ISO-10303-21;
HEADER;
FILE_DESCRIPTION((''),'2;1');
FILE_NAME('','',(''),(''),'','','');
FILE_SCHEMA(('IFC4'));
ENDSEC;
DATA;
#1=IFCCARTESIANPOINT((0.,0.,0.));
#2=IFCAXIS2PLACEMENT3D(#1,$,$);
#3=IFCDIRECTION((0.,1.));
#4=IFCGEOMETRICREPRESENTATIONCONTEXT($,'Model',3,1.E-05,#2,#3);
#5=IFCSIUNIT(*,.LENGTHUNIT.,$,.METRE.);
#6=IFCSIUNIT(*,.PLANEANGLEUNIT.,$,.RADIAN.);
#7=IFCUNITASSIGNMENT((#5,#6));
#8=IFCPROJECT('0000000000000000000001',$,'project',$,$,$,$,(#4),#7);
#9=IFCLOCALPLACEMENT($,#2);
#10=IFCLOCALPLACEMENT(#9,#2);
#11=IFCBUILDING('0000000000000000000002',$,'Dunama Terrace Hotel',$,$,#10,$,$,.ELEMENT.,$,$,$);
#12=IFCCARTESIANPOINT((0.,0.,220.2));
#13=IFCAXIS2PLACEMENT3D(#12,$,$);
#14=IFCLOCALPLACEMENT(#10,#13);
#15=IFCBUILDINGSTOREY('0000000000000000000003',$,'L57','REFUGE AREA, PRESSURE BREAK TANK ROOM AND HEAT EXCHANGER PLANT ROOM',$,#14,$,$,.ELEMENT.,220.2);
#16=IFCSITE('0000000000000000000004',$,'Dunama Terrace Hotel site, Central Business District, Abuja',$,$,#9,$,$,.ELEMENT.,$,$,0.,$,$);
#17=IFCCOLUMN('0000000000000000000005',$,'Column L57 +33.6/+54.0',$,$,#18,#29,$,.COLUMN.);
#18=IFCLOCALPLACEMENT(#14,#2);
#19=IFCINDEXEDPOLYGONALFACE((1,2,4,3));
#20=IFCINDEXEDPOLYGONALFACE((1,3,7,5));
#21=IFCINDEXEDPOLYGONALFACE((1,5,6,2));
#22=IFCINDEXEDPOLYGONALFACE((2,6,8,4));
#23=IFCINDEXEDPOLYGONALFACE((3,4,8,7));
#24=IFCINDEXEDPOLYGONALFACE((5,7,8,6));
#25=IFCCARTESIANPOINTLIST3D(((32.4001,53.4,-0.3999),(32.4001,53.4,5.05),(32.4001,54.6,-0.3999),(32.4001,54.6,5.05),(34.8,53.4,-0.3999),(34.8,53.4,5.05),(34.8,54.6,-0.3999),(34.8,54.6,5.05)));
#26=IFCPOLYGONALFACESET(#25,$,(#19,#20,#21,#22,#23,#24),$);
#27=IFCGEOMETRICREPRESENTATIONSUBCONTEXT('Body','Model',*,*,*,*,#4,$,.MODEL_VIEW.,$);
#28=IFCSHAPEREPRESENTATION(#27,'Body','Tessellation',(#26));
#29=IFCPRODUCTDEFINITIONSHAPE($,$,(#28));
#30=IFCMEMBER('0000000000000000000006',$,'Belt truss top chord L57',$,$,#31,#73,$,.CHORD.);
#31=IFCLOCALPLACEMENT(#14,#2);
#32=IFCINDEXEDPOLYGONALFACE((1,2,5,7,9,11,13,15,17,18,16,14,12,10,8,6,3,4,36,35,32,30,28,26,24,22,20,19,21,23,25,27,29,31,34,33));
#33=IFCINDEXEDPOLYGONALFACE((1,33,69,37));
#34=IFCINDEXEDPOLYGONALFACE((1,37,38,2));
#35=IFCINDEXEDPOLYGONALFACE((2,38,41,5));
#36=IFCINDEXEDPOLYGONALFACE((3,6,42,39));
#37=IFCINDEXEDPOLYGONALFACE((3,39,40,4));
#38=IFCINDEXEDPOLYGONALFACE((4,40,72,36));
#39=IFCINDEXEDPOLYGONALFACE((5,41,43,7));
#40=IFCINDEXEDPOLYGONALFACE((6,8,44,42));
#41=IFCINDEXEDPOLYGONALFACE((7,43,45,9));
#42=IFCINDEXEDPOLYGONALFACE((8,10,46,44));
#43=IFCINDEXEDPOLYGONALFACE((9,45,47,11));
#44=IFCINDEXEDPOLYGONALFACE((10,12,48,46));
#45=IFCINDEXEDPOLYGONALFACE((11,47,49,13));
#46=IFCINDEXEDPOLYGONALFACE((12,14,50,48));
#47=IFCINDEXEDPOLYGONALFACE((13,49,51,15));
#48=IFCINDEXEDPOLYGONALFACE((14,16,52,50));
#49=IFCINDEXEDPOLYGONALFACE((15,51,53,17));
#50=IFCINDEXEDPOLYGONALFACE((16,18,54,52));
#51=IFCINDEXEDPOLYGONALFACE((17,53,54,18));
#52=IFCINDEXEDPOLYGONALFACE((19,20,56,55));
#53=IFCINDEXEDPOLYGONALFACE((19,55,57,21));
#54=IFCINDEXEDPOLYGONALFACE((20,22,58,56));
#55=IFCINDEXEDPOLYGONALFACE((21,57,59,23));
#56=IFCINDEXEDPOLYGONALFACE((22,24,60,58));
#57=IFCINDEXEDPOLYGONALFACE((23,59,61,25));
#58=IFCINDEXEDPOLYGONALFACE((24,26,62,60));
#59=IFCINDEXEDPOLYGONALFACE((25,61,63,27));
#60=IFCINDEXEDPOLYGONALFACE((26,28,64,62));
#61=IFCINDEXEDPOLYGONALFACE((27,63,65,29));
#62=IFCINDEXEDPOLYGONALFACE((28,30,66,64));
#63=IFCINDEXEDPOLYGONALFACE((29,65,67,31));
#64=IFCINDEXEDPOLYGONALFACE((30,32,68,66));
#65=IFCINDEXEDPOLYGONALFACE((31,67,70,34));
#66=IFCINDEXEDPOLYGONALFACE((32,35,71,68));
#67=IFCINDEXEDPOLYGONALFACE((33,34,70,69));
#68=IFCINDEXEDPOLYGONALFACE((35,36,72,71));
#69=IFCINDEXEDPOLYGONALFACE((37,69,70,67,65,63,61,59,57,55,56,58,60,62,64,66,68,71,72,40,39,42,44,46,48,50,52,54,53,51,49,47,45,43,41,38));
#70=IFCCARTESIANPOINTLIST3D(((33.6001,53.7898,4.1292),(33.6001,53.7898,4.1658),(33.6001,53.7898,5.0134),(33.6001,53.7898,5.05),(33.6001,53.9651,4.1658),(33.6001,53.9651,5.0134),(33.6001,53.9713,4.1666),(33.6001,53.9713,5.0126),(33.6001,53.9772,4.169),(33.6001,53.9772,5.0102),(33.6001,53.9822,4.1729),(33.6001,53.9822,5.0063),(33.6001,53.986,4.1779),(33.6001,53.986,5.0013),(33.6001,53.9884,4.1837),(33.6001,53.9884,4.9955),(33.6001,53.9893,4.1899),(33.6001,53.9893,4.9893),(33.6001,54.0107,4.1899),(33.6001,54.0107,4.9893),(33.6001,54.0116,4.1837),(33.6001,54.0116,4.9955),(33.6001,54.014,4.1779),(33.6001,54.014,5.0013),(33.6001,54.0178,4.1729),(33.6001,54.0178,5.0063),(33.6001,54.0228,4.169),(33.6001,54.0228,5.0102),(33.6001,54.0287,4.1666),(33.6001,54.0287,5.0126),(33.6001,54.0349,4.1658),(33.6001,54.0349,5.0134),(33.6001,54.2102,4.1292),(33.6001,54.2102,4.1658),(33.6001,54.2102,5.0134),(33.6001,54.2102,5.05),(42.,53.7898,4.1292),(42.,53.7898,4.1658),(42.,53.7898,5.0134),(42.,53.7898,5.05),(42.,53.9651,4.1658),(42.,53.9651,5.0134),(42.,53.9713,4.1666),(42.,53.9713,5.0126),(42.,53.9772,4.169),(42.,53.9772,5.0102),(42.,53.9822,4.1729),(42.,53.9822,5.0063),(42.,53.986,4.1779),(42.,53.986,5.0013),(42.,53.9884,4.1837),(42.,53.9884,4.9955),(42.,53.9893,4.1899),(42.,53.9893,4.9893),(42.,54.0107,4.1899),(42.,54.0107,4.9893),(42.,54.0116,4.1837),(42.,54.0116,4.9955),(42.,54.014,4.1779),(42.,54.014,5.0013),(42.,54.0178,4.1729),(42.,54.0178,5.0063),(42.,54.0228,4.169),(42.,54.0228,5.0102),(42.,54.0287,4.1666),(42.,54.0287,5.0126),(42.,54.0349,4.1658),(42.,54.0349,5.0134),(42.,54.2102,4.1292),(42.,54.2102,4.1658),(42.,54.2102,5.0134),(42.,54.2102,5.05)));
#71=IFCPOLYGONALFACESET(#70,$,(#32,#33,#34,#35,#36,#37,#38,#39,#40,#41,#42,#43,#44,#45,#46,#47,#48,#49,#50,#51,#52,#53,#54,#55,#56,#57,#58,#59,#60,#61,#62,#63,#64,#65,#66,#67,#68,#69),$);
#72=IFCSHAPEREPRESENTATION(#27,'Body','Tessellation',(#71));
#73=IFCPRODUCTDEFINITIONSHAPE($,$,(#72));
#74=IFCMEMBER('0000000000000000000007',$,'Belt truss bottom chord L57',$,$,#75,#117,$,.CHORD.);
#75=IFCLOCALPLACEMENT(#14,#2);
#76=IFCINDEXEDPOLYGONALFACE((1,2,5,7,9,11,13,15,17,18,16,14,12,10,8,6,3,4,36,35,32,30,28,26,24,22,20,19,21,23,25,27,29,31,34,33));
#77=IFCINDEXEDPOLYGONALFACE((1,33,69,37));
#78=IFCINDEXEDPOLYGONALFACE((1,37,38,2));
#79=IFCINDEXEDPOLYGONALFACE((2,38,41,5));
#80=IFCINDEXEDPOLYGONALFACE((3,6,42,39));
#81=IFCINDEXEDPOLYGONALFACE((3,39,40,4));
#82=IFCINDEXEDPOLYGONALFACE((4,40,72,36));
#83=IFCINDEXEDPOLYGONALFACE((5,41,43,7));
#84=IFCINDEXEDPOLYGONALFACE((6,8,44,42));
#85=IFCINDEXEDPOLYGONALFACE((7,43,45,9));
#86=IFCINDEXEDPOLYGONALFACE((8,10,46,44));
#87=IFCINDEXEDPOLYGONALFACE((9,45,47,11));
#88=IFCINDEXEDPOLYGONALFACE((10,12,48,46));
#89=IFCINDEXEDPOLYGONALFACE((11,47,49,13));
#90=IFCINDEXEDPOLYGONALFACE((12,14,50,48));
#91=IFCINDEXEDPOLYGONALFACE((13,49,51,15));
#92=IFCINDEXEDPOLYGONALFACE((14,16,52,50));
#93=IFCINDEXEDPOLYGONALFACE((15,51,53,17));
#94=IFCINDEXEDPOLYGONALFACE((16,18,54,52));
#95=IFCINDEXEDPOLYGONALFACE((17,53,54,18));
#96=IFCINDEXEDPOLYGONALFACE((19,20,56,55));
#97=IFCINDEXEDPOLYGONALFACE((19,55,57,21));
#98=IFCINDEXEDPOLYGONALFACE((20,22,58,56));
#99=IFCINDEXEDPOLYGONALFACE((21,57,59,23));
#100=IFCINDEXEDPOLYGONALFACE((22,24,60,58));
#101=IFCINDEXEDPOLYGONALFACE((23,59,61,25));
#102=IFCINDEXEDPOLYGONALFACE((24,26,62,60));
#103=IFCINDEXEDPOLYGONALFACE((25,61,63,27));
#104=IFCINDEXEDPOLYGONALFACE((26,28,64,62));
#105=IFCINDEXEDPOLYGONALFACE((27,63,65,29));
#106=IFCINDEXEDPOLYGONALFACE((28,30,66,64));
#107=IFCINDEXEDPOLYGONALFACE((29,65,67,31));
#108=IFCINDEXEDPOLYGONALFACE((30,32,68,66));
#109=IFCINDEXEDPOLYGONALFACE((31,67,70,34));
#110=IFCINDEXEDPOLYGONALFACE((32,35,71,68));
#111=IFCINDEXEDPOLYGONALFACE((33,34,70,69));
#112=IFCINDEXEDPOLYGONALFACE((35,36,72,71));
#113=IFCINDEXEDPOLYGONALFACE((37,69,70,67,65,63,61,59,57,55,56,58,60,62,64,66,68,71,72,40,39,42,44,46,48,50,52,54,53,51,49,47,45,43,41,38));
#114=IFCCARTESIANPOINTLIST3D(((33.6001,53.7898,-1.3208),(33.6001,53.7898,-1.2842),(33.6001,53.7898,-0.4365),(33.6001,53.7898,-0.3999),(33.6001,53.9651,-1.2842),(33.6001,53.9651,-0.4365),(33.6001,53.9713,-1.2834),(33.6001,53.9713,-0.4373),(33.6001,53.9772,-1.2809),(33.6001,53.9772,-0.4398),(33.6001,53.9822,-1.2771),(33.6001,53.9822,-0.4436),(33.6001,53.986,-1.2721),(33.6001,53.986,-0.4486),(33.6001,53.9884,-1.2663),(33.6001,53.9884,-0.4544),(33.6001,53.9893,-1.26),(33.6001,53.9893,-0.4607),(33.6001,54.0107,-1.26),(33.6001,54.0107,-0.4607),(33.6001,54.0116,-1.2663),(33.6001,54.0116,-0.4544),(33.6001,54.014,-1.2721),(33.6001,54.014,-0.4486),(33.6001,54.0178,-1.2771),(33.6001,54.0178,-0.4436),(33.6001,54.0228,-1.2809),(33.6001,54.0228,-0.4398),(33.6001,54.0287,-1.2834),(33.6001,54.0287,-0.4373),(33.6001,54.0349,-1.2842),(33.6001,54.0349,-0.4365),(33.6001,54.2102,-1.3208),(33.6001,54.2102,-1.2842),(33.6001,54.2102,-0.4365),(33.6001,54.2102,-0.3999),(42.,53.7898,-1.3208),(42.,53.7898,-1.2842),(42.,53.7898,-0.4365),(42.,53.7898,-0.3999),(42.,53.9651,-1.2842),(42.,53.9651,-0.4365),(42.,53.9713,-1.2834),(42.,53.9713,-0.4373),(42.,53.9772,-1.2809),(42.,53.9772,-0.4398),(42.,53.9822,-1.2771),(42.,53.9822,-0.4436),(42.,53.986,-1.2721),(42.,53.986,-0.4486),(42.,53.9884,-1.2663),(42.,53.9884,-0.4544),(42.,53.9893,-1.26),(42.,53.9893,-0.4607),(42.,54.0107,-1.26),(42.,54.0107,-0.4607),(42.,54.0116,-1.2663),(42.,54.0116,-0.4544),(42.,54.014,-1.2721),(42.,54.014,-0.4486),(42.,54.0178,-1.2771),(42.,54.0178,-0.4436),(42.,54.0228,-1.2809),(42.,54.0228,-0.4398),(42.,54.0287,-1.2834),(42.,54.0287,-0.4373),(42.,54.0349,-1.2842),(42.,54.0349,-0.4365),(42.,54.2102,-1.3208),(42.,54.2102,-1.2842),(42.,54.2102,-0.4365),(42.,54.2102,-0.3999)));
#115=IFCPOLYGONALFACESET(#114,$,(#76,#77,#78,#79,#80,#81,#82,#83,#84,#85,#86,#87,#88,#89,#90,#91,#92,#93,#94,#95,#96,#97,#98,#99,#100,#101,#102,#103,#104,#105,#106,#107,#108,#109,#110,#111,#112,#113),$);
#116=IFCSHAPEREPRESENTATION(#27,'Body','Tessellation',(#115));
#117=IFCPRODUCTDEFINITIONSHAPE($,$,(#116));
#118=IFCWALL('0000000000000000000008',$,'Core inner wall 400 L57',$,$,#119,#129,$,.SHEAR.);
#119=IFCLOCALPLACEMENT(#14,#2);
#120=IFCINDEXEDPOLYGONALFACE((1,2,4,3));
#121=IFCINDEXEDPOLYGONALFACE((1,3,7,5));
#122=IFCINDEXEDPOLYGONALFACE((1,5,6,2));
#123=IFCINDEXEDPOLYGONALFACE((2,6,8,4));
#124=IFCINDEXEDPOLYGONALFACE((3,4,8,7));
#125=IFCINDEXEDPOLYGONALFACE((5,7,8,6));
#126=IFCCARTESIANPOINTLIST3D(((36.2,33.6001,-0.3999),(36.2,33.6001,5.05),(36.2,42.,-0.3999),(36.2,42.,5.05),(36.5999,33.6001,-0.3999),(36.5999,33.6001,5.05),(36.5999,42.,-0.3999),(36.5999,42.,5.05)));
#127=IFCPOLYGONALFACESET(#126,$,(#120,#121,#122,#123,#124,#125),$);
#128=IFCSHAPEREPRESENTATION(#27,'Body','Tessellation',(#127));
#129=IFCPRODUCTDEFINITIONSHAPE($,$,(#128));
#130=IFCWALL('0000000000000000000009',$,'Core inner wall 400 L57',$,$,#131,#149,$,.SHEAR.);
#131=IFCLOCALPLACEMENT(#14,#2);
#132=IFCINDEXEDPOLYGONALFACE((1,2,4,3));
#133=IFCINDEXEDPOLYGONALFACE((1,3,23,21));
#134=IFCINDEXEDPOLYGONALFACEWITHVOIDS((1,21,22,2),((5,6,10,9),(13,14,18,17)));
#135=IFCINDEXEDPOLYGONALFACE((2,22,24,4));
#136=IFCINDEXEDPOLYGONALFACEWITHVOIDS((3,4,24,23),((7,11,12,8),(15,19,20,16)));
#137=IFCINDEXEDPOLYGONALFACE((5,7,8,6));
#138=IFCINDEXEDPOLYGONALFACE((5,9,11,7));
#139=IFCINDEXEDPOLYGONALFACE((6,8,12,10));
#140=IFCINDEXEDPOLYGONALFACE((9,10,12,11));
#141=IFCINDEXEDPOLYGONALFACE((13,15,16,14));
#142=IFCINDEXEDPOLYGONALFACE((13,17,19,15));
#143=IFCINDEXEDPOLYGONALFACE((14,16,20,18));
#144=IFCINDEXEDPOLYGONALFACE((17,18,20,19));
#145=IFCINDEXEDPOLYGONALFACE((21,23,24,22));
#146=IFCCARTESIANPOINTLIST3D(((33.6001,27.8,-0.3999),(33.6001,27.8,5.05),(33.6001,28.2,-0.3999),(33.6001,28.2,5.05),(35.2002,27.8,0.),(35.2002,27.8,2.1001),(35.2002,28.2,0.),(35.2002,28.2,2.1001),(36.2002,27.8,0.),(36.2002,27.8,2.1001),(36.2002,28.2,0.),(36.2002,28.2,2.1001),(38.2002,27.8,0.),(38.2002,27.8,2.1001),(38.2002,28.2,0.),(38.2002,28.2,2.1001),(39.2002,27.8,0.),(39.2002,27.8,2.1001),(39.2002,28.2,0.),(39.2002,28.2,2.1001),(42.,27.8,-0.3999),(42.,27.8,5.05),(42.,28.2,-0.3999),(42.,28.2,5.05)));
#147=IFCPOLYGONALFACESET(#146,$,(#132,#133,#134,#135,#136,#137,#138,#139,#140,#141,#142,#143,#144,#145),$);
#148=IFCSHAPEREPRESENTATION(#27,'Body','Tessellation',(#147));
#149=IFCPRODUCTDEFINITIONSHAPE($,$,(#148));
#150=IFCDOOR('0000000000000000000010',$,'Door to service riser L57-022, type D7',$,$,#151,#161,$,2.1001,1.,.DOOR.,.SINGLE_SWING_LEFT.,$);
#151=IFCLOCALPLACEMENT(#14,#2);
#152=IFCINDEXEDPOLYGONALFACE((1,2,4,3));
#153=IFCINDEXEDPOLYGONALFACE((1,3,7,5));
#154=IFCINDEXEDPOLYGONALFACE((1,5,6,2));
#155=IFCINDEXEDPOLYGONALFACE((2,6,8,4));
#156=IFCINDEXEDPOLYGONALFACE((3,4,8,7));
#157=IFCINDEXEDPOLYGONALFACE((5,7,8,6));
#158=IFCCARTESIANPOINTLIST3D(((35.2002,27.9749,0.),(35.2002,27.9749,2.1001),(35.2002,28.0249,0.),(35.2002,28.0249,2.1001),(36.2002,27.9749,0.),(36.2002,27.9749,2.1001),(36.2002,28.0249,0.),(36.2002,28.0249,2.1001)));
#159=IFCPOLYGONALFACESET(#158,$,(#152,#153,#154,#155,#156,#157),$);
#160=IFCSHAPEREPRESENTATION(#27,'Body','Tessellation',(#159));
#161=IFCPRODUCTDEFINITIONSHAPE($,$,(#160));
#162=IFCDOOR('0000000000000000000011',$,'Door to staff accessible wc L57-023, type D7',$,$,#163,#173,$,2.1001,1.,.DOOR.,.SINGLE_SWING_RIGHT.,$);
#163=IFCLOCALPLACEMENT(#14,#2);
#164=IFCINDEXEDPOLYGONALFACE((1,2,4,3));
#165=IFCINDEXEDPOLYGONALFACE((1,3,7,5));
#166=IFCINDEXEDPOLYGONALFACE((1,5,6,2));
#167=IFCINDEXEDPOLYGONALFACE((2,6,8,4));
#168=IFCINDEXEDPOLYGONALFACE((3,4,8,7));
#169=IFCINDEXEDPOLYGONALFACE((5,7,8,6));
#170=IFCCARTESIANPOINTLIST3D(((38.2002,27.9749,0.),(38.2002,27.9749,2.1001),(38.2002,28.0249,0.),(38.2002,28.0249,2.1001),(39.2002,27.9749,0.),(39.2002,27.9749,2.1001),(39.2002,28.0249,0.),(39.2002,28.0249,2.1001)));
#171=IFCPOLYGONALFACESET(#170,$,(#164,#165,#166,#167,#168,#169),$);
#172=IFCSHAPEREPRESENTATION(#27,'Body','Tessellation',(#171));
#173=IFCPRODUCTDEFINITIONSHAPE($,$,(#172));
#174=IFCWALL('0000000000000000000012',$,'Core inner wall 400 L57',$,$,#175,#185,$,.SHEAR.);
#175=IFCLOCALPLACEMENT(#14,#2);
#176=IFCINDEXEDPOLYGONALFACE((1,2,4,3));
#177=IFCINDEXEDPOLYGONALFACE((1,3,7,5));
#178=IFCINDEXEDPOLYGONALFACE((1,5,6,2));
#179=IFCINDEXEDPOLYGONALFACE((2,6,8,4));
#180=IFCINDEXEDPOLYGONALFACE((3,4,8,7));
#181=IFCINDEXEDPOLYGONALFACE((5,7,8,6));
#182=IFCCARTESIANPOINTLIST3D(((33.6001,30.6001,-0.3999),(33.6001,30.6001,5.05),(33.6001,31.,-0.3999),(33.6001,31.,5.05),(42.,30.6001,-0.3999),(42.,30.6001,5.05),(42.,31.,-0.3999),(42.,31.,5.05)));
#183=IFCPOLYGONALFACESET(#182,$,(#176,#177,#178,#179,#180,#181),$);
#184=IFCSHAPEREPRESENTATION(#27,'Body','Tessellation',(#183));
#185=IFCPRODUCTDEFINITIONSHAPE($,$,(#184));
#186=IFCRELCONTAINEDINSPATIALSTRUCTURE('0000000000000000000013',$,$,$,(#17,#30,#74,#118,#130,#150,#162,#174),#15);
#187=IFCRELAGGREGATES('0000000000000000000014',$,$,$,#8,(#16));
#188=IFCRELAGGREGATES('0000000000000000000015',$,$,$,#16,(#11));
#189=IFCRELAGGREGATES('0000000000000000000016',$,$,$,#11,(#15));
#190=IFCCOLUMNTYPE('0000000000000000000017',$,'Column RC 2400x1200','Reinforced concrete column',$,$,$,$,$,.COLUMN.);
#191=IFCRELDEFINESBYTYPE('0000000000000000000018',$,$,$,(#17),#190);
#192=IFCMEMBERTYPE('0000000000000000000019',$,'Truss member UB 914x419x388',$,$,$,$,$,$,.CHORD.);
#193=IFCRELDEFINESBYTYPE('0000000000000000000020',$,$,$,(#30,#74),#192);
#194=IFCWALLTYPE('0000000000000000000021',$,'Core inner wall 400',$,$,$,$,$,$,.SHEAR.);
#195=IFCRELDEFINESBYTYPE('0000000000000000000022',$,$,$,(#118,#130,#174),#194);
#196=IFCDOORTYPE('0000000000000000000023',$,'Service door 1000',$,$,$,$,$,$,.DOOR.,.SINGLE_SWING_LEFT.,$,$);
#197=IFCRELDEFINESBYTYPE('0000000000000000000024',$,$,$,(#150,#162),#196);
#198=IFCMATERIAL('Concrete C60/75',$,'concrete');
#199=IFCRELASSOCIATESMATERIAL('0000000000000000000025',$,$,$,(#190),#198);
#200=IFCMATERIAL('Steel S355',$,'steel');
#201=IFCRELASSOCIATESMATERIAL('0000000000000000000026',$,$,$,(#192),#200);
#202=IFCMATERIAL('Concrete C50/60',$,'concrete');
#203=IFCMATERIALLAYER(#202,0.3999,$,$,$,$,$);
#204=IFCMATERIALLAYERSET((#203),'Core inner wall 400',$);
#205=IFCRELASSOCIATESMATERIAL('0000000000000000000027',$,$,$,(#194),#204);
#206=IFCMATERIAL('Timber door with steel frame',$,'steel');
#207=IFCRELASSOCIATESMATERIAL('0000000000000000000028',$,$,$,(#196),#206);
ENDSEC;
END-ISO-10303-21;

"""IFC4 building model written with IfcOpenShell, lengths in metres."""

from ifc_helpers import new_model, si_unit, direction, frame, frame_2d, origin, origin_2d, place, context, subcontext, project, spatial, rectangle, i_section, extrude, material, layer, layer_set, material_profile, profile_set, type_object, element, fill, save


model = new_model("IFC4")

# Units and contexts
model_context = context("Model", 3, precision=1e-05, world=origin(), true_north=direction((0.0, 1.0)))
body_context = subcontext(model_context, "Body", "Model", "MODEL_VIEW")
ifc_project = project(units=[si_unit("LENGTHUNIT", "METRE"), si_unit("PLANEANGLEUNIT", "RADIAN")], contexts=[model_context])

# Site, building, storey
site_placement = place(None, origin())
site = spatial("IfcSite", under=ifc_project, at=site_placement, Name="Dunama Terrace Hotel site, Central Business District, Abuja", CompositionType="ELEMENT", RefElevation=0.0)
building_placement = place(site_placement, origin())
building = spatial("IfcBuilding", under=site, at=building_placement, Name="Dunama Terrace Hotel", CompositionType="ELEMENT")
storey_placement = place(building_placement, frame((0.0, 0.0, 220.2)))
storey = spatial("IfcBuildingStorey", under=building, at=storey_placement, Name="L57", Description="REFUGE AREA, PRESSURE BREAK TANK ROOM AND HEAT EXCHANGER PLANT ROOM", CompositionType="ELEMENT", Elevation=220.2)

# Column
ifc_material_1 = material(Name="Concrete C60/75", Category="concrete")
ifc_material_profile_1 = material_profile(ifc_material_1, rectangle(XDim=2.3999, YDim=1.2, at=origin_2d()), Name="RC 2400x1200")
ifc_profile_set_1 = profile_set([ifc_material_profile_1], Name="Concrete C60/75")
column_type = type_object("IfcColumnType", Name="Column RC 2400x1200", Description="Reinforced concrete column", PredefinedType="COLUMN", material=ifc_profile_set_1)
column_placement = place(storey_placement, frame((33.6001, 54.0, -0.3999), z_axis=(0.0, 0.0, 1.0), x_axis=(1.0, 0.0, 0.0)))
element("IfcColumn", 1, at=column_placement, inside=storey, type_object=column_type, Name="Column L57 +33.6/+54.0", PredefinedType="COLUMN", context=body_context, shape_type="SweptSolid", body=[
    extrude(rectangle(XDim=2.3999, YDim=1.2, at=origin_2d()), origin(), (0.0, 0.0, 1.0), 5.45),
])

# Members
ifc_material_2 = material(Name="Steel S355", Category="steel")
ifc_material_profile_2 = material_profile(ifc_material_2, i_section(OverallWidth=0.4204, OverallDepth=0.9209, WebThickness=0.0215, FlangeThickness=0.0366, FilletRadius=0.0242, at=origin_2d()), Name="UB 914x419x388")
ifc_profile_set_2 = profile_set([ifc_material_profile_2], Name="Steel S355")
member_type = type_object("IfcMemberType", Name="Truss member UB 914x419x388", PredefinedType="CHORD", material=ifc_profile_set_2)
for number, where, z_axis, x_axis, name in (
    (2, (33.6001, 54.0, 4.5896), (1.0, 0.0, 0.0), (0.0, 1.0, 0.0), "Belt truss top chord L57"),
    (3, (33.6001, 54.0, -0.8604), (1.0, 0.0, 0.0), (0.0, 1.0, 0.0), "Belt truss bottom chord L57"),
):
    element("IfcMember", number, at=place(storey_placement, frame(where, z_axis=z_axis, x_axis=x_axis)), inside=storey, type_object=member_type, Name=name, PredefinedType="CHORD", context=body_context, shape_type="SweptSolid", body=[
        extrude(i_section(OverallWidth=0.4204, OverallDepth=0.9209, WebThickness=0.0215, FlangeThickness=0.0366, FilletRadius=0.0242, at=origin_2d()), origin(), (0.0, 0.0, 1.0), 8.3999),
    ])

# Wall
ifc_material_3 = material(Name="Concrete C50/60", Category="concrete")
ifc_layer_1 = layer(ifc_material_3, 0.3999)
ifc_layer_set_1 = layer_set([ifc_layer_1], Name="Core inner wall 400")
wall_type_1 = type_object("IfcWallType", Name="Core inner wall 400", PredefinedType="SHEAR", material=ifc_layer_set_1)
wall_1_placement = place(storey_placement, frame((36.3999, 33.6001, -0.3999), z_axis=(0.0, 0.0, 1.0), x_axis=(0.0, 1.0, 0.0)))
element("IfcWall", 4, at=wall_1_placement, inside=storey, type_object=wall_type_1, Name="Core inner wall 400 L57", PredefinedType="SHEAR", context=body_context, shape_type="SweptSolid", body=[
    extrude(rectangle(XDim=8.3999, YDim=0.3999, at=frame_2d((4.2, 0.0))), origin(), (0.0, 0.0, 1.0), 5.45),
])

# Wall, openings, doors
wall_2_placement = place(storey_placement, frame((33.6001, 28.0, -0.3999), z_axis=(0.0, 0.0, 1.0), x_axis=(1.0, 0.0, 0.0)))
wall_2 = element("IfcWall", 5, at=wall_2_placement, inside=storey, type_object=wall_type_1, Name="Core inner wall 400 L57", PredefinedType="SHEAR", context=body_context, shape_type="SweptSolid", body=[
    extrude(rectangle(XDim=8.3999, YDim=0.3999, at=frame_2d((4.2, 0.0))), origin(), (0.0, 0.0, 1.0), 5.45),
])
opening_1_placement = place(wall_2_placement, frame((1.6001, 0.0, 0.3999)))
opening_1 = element("IfcOpeningElement", 6, at=opening_1_placement, cuts=wall_2, PredefinedType="OPENING", context=body_context, shape_type="SweptSolid", body=[
    extrude(rectangle(XDim=1.0, YDim=2.1001, at=frame_2d((0.5, 1.05))), frame((0.0, 0.21, 0.0), z_axis=(0.0, -1.0, 0.0), x_axis=(1.0, 0.0, 0.0)), (0.0, 0.0, 1.0), 0.4199),
])
opening_2_placement = place(wall_2_placement, frame((4.6001, 0.0, 0.3999)))
opening_2 = element("IfcOpeningElement", 7, at=opening_2_placement, cuts=wall_2, PredefinedType="OPENING", context=body_context, shape_type="SweptSolid", body=[
    extrude(rectangle(XDim=1.0, YDim=2.1001, at=frame_2d((0.5, 1.05))), frame((0.0, 0.21, 0.0), z_axis=(0.0, -1.0, 0.0), x_axis=(1.0, 0.0, 0.0)), (0.0, 0.0, 1.0), 0.4199),
])
ifc_material_4 = material(Name="Timber door with steel frame", Category="steel")
door_type_1 = type_object("IfcDoorType", Name="Service door 1000", OperationType="SINGLE_SWING_LEFT", PredefinedType="DOOR", material=ifc_material_4)
door_1_placement = place(opening_1_placement, frame((1.0, 0.0, 0.0), z_axis=(0.0, 0.0, 1.0), x_axis=(-1.0, 0.0, 0.0)))
door_1 = element("IfcDoor", 8, at=door_1_placement, inside=storey, type_object=door_type_1, Name="Door to service riser L57-022, type D7", OperationType="SINGLE_SWING_LEFT", OverallHeight=2.1001, OverallWidth=1.0, PredefinedType="DOOR", context=body_context, shape_type="SweptSolid", body=[
    extrude(rectangle(XDim=1.0, YDim=2.1001, at=frame_2d((0.5, 1.05))), frame((0.0, 0.0251, 0.0), z_axis=(0.0, -1.0, 0.0), x_axis=(1.0, 0.0, 0.0)), (0.0, 0.0, 1.0), 0.05),
])
fill(opening_1, door_1)
door_2_placement = place(opening_2_placement, frame((1.0, 0.0, 0.0), z_axis=(0.0, 0.0, 1.0), x_axis=(-1.0, 0.0, 0.0)))
door_2 = element("IfcDoor", 9, at=door_2_placement, inside=storey, type_object=door_type_1, Name="Door to staff accessible wc L57-023, type D7", OperationType="SINGLE_SWING_RIGHT", OverallHeight=2.1001, OverallWidth=1.0, PredefinedType="DOOR", context=body_context, shape_type="SweptSolid", body=[
    extrude(rectangle(XDim=1.0, YDim=2.1001, at=frame_2d((0.5, 1.05))), frame((0.0, 0.0251, 0.0), z_axis=(0.0, -1.0, 0.0), x_axis=(1.0, 0.0, 0.0)), (0.0, 0.0, 1.0), 0.05),
])
fill(opening_2, door_2)

# Wall
wall_3_placement = place(storey_placement, frame((33.6001, 30.8, -0.3999), z_axis=(0.0, 0.0, 1.0), x_axis=(1.0, 0.0, 0.0)))
element("IfcWall", 10, at=wall_3_placement, inside=storey, type_object=wall_type_1, Name="Core inner wall 400 L57", PredefinedType="SHEAR", context=body_context, shape_type="SweptSolid", body=[
    extrude(rectangle(XDim=8.3999, YDim=0.3999, at=frame_2d((4.2, 0.0))), origin(), (0.0, 0.0, 1.0), 5.45),
])

save(model, "model.ifc")
